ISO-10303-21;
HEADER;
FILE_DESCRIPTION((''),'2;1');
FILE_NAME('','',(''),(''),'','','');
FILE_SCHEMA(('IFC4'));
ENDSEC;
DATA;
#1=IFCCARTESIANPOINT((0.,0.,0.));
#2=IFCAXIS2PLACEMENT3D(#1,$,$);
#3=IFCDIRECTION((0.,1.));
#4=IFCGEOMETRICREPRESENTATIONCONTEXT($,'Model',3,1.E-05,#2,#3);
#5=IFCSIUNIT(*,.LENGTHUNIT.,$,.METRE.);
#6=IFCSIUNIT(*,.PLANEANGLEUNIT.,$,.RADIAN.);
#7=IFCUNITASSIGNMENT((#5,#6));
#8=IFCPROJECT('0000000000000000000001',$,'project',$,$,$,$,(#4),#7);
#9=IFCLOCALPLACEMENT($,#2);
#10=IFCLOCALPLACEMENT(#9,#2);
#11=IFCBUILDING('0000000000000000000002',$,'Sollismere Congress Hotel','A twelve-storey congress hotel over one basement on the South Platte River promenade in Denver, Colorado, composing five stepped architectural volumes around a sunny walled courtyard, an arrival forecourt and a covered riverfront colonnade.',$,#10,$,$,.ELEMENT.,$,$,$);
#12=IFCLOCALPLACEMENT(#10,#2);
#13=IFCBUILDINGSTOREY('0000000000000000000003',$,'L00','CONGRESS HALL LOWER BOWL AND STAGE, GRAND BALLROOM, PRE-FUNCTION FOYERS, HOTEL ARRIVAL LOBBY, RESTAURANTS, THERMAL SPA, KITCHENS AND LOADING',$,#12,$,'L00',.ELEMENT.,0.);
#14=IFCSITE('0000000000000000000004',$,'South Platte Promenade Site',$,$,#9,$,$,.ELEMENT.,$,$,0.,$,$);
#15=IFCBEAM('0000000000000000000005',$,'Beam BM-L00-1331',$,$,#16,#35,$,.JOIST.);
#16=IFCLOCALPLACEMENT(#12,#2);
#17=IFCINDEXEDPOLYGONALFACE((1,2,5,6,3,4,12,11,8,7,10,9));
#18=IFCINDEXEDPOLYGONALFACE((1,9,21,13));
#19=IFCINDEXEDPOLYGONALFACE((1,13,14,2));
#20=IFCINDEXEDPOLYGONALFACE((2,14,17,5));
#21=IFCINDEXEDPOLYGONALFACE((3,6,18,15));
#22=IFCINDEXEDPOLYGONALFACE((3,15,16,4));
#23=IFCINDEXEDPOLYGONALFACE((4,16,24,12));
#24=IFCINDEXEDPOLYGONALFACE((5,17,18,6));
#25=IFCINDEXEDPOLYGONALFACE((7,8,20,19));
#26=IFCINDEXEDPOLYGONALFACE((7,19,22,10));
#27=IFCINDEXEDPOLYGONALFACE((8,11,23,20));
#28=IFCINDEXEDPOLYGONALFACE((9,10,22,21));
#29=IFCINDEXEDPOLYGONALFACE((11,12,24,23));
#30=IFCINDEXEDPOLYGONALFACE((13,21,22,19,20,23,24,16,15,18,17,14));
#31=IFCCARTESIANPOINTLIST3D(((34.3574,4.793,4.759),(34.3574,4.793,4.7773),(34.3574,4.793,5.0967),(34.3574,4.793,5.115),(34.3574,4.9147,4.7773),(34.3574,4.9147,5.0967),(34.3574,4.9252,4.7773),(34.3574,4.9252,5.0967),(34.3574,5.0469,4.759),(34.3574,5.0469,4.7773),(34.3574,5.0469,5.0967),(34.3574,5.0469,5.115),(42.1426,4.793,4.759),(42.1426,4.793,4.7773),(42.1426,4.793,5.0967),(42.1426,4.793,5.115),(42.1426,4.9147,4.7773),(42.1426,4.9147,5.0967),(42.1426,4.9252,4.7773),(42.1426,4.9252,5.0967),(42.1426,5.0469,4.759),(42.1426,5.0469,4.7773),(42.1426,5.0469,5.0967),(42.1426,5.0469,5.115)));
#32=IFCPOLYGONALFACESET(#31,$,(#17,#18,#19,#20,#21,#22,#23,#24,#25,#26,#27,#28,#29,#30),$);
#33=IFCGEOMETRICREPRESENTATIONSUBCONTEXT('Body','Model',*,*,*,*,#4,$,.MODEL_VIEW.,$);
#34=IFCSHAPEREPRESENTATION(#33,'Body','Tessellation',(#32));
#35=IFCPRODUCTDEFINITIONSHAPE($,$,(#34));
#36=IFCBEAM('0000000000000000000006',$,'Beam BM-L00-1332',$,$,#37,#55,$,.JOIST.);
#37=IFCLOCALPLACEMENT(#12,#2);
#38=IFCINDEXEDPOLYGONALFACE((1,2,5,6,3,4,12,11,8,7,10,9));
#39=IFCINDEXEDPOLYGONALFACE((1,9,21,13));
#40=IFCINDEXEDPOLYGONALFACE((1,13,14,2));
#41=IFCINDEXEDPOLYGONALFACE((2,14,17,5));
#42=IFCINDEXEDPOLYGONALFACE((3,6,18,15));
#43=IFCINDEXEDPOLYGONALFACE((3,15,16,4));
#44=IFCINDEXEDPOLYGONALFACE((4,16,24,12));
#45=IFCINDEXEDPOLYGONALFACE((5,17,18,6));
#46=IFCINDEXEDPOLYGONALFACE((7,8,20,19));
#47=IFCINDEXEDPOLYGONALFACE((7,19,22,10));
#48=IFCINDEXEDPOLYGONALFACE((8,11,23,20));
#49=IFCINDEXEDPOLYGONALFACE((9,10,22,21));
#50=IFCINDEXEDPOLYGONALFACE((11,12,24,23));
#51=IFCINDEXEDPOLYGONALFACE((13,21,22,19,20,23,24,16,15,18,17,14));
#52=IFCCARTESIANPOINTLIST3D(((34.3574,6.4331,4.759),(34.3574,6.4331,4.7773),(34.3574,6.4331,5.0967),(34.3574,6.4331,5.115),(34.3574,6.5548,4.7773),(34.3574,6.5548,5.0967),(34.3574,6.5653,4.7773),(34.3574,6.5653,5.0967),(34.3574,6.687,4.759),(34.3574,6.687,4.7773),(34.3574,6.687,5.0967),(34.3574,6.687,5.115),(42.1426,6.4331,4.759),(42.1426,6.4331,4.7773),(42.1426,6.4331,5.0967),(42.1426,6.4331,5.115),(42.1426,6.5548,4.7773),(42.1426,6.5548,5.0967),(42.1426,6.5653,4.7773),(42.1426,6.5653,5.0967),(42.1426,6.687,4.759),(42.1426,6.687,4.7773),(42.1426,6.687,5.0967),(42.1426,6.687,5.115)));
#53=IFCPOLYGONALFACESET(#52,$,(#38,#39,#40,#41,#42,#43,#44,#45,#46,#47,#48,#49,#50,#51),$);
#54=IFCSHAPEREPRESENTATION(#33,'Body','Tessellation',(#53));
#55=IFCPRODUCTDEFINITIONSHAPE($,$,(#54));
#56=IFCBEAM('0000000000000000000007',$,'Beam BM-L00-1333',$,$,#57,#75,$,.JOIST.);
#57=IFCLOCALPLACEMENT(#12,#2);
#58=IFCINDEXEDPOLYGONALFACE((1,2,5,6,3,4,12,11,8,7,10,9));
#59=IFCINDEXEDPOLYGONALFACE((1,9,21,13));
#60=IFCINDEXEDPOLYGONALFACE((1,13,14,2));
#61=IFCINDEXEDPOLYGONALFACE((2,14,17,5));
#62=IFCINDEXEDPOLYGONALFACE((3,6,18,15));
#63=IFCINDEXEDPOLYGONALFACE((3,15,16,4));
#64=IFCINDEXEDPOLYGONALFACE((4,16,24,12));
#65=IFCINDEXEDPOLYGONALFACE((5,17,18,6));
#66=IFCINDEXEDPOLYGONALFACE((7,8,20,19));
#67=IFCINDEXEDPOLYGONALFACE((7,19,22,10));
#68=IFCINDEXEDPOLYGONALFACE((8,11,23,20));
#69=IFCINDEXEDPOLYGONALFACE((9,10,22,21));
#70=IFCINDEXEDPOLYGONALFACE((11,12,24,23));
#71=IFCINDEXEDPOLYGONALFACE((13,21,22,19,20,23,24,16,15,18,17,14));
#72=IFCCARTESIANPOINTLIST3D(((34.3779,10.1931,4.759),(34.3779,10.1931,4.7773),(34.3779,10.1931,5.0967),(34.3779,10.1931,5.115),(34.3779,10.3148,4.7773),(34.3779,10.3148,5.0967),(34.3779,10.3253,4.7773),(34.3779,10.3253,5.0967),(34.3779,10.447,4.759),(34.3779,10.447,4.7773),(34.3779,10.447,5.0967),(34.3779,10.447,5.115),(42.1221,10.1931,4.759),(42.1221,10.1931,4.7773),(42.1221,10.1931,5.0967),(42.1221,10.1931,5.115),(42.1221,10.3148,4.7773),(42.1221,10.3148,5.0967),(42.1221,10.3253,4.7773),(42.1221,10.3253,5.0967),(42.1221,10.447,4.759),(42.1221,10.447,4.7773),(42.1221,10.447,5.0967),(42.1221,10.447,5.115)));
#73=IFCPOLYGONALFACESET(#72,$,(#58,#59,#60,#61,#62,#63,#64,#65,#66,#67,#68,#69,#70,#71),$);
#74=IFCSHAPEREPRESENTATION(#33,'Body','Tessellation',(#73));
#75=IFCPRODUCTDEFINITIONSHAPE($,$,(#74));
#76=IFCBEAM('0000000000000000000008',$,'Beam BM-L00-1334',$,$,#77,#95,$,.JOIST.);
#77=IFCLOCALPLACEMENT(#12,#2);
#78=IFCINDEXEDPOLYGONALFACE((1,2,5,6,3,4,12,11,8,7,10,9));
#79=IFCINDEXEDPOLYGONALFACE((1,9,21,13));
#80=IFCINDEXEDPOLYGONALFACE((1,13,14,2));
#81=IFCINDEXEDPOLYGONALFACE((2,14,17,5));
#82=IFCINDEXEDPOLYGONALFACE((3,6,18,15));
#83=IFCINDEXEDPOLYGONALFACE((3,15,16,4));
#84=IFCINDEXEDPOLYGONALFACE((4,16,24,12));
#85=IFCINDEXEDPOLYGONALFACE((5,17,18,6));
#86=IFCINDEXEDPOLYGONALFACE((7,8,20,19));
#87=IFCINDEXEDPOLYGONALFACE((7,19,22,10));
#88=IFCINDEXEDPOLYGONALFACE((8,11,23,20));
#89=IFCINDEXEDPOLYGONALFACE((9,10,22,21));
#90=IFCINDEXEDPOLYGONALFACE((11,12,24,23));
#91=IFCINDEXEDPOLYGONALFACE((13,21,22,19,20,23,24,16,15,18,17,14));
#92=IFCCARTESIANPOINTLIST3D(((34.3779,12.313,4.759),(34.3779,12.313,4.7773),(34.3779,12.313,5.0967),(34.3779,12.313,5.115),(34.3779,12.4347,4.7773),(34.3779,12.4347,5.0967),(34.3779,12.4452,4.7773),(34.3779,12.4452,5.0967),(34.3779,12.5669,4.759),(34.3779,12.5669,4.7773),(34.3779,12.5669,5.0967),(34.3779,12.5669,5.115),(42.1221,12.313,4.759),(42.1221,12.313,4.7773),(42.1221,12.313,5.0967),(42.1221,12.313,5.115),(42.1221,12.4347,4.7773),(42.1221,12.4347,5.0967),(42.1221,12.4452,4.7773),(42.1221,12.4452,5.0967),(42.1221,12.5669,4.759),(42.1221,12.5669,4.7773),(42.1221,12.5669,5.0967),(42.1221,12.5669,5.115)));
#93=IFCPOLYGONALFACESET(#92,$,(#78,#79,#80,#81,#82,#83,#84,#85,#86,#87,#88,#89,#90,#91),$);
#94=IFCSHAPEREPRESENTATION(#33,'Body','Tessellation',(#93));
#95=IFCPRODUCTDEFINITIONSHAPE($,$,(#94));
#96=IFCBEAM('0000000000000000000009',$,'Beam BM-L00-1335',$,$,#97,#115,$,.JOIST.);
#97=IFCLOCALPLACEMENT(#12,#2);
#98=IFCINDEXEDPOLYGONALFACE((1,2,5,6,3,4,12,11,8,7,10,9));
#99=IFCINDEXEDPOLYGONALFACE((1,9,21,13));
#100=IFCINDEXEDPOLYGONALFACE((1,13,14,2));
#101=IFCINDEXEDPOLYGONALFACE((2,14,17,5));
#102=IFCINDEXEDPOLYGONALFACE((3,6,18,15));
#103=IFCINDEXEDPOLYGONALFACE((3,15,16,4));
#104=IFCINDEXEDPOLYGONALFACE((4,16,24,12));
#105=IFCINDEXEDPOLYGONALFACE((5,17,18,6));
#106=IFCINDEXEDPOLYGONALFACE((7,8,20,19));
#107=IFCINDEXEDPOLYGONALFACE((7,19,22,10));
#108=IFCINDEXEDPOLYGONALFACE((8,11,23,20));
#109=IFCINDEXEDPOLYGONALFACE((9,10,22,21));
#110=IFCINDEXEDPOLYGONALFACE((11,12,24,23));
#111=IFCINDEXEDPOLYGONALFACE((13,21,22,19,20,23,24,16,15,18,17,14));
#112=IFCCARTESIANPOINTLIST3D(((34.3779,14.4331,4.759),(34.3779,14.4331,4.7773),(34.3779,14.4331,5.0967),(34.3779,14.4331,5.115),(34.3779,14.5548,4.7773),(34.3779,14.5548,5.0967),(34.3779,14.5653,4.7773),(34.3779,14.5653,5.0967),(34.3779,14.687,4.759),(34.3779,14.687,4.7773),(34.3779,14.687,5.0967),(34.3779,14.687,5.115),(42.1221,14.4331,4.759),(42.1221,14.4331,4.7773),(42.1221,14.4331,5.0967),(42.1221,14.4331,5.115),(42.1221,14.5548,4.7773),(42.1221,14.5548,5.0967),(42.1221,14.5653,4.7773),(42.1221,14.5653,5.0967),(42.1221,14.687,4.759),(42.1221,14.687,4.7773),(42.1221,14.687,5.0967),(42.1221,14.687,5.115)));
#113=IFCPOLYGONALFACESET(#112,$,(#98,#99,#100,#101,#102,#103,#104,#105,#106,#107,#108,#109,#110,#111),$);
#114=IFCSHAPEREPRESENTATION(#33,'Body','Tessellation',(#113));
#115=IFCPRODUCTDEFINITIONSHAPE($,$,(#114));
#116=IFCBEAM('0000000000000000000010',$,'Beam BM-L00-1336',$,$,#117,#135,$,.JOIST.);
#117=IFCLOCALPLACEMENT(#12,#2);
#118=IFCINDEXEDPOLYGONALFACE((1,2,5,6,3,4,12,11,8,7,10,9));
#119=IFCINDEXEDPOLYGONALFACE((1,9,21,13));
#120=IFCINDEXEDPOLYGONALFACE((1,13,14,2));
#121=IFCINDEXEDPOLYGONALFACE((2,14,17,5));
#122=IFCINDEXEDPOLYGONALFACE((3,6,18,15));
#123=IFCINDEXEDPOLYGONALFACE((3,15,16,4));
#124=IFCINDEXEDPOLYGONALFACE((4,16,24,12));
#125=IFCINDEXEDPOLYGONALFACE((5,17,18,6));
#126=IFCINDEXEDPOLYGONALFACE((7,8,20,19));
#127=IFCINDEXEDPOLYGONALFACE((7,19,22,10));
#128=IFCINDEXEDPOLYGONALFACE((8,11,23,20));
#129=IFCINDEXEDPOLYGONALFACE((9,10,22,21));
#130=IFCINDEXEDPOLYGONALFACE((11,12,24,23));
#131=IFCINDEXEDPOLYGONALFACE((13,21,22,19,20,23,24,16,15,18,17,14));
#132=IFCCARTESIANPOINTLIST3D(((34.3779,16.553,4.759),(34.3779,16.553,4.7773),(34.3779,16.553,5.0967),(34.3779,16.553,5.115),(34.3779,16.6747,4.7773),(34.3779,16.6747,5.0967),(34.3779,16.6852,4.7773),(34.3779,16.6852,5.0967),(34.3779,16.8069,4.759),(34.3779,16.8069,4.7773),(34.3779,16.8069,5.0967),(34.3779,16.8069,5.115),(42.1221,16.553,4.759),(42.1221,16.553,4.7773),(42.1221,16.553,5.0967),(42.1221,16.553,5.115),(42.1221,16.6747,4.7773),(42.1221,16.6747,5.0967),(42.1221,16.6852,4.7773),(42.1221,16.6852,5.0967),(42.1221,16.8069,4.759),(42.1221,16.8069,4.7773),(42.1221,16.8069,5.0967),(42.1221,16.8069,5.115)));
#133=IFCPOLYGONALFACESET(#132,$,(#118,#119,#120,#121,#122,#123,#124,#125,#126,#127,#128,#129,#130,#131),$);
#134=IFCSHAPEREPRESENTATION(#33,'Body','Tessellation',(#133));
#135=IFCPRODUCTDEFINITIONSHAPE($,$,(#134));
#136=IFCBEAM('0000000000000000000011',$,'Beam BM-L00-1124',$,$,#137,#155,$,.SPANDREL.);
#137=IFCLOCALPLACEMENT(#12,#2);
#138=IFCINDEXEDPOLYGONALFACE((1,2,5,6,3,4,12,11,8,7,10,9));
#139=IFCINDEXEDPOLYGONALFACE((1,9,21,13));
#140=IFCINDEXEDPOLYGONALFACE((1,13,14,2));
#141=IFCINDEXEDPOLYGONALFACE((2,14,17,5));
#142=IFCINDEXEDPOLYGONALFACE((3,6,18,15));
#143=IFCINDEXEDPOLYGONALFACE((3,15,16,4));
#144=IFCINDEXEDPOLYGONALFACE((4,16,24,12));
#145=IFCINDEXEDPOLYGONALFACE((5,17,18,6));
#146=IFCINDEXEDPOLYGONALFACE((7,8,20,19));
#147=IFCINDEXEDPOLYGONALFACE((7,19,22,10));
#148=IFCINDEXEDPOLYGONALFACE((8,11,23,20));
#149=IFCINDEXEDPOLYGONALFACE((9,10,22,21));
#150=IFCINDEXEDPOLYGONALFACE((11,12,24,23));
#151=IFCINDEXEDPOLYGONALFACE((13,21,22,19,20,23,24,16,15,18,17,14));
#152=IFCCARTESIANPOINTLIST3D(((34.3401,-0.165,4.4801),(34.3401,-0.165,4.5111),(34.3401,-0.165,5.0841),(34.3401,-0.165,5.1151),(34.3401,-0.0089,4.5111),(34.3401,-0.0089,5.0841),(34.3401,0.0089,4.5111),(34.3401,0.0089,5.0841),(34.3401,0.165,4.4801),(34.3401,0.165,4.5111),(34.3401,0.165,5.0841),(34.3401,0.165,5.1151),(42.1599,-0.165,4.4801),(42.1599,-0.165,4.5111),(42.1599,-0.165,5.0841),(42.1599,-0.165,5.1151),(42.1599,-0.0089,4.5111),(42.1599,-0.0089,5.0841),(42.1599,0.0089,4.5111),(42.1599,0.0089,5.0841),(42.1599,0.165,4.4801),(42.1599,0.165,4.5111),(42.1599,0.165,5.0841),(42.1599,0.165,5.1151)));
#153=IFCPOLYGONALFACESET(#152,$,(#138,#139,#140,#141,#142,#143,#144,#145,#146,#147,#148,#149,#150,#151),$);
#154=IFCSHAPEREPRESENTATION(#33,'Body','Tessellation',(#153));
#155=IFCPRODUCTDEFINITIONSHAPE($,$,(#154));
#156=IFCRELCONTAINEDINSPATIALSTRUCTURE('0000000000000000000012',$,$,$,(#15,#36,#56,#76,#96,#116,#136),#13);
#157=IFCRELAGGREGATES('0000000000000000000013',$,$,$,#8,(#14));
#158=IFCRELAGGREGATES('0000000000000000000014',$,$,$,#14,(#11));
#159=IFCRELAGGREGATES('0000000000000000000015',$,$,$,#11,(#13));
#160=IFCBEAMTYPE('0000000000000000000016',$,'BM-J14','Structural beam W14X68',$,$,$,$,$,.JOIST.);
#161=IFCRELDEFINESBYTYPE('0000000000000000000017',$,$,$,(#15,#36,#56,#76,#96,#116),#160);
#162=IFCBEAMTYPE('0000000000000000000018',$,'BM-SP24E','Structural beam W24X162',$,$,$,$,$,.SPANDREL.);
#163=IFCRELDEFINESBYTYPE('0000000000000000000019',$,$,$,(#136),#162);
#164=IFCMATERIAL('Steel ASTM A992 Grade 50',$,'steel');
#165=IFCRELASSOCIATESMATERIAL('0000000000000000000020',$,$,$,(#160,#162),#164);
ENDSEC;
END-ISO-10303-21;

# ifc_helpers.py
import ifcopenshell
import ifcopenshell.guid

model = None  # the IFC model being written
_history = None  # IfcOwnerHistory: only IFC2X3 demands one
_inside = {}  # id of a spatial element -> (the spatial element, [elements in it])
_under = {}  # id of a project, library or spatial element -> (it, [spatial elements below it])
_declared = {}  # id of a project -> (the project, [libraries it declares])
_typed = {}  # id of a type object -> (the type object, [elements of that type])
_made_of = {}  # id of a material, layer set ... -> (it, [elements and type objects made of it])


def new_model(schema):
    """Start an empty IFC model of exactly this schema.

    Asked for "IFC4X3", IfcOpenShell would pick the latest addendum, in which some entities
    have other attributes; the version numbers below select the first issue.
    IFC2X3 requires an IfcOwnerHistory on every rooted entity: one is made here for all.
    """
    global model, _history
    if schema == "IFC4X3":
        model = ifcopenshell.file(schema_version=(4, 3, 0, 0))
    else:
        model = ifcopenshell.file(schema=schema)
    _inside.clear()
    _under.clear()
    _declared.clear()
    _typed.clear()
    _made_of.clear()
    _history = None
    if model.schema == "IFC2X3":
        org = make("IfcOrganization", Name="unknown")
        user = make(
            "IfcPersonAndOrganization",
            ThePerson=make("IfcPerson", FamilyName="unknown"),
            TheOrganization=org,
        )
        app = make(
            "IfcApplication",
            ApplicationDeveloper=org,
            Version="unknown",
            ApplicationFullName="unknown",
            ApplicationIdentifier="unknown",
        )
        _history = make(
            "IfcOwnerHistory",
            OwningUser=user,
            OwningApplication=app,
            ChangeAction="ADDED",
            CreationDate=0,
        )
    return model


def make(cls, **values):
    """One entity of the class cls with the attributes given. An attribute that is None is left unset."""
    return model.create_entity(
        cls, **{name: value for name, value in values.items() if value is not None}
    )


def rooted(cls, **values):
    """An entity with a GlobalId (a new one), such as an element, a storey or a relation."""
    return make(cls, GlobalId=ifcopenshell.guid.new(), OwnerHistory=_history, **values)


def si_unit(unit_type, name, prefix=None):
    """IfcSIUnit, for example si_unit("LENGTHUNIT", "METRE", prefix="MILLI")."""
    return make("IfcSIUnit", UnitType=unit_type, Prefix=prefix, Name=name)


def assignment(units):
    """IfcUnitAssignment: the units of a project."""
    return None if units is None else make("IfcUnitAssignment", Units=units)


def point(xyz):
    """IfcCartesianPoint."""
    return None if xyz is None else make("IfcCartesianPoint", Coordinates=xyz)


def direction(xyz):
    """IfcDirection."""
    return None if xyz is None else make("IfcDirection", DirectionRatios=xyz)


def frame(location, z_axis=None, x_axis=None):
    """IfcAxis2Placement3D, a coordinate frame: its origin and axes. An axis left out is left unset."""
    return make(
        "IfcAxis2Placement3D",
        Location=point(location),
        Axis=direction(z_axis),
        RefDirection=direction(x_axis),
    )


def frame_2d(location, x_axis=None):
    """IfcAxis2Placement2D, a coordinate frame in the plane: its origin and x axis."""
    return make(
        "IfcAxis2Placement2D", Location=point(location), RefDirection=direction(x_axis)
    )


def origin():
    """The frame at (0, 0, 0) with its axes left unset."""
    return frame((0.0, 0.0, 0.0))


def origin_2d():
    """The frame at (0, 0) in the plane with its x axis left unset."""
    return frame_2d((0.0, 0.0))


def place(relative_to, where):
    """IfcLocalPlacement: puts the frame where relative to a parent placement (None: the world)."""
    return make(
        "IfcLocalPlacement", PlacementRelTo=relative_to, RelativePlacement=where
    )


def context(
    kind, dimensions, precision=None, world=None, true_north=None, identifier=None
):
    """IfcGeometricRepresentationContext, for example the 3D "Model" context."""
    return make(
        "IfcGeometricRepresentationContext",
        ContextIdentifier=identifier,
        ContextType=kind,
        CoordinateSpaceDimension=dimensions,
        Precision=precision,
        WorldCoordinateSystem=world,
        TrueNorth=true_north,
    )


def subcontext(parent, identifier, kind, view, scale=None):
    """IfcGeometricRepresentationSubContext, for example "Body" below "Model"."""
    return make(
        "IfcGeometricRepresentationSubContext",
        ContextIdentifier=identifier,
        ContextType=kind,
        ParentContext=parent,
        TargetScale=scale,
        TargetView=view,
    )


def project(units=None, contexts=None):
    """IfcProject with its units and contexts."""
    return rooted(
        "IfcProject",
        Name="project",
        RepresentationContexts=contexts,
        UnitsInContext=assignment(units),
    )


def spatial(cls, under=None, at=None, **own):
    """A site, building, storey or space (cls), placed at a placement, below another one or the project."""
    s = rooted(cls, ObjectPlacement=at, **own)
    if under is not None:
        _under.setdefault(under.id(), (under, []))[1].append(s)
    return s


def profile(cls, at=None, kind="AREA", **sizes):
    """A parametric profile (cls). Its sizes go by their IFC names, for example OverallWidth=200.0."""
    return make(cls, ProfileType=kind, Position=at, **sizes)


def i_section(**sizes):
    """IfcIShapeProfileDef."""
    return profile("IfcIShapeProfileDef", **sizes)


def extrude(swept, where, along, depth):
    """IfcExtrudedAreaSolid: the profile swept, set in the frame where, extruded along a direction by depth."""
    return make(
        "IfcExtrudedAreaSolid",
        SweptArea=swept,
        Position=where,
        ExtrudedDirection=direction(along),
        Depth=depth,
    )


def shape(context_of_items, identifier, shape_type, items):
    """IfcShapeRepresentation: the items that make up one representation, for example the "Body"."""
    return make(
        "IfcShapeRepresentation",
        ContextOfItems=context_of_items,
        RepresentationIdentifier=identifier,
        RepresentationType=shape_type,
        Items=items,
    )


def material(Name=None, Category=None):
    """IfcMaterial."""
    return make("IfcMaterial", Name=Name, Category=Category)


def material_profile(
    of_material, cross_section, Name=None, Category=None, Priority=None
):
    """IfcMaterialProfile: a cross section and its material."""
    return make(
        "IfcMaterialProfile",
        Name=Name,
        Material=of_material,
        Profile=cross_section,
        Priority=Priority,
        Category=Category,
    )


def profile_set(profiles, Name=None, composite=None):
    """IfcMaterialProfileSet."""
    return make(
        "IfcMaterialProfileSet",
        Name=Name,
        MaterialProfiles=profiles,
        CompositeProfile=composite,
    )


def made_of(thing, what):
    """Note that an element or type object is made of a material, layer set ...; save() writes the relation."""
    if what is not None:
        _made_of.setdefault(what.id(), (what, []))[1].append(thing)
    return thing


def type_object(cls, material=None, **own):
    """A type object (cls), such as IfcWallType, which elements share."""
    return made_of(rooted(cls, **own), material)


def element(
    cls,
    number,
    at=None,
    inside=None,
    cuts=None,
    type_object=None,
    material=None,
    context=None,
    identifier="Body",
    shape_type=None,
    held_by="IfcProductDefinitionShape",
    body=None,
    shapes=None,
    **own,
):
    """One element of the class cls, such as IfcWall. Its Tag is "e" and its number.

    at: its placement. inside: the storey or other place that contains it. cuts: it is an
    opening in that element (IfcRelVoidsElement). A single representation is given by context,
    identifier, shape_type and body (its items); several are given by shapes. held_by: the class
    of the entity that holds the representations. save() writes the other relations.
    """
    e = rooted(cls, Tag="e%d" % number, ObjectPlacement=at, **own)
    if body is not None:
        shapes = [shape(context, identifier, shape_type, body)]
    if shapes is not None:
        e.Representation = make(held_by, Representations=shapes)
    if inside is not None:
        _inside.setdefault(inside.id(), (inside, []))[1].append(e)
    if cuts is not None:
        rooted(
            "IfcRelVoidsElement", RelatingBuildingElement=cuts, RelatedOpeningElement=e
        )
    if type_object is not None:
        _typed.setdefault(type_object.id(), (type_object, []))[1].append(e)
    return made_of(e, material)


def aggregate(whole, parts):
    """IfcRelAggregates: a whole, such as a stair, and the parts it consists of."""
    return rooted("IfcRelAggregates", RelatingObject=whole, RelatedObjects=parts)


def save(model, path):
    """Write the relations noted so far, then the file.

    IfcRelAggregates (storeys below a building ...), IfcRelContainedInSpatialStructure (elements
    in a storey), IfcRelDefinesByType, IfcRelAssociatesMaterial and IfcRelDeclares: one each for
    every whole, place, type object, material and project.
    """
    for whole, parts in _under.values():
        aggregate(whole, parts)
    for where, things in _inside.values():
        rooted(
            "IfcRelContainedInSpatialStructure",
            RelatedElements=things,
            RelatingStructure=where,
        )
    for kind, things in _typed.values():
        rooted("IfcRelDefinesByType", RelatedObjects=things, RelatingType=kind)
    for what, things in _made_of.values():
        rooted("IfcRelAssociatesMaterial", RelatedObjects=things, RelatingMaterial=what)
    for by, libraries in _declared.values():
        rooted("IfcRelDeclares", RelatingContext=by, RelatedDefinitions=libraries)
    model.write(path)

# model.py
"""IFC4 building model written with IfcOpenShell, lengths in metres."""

from ifc_helpers import new_model, si_unit, direction, frame, origin, origin_2d, place, context, subcontext, project, spatial, i_section, extrude, material, material_profile, profile_set, type_object, element, save


model = new_model("IFC4")

# Units and contexts
model_context = context("Model", 3, precision=1e-05, world=origin(), true_north=direction((0.0, 1.0)))
body_context = subcontext(model_context, "Body", "Model", "MODEL_VIEW")
ifc_project = project(units=[si_unit("LENGTHUNIT", "METRE"), si_unit("PLANEANGLEUNIT", "RADIAN")], contexts=[model_context])

# Site, building, storey
site_placement = place(None, origin())
site = spatial("IfcSite", under=ifc_project, at=site_placement, Name="South Platte Promenade Site", CompositionType="ELEMENT", RefElevation=0.0)
building_placement = place(site_placement, origin())
building = spatial("IfcBuilding", under=site, at=building_placement, Name="Sollismere Congress Hotel", Description="A twelve-storey congress hotel over one basement on the South Platte River promenade in Denver, Colorado, composing five stepped architectural volumes around a sunny walled courtyard, an arrival forecourt and a covered riverfront colonnade.", CompositionType="ELEMENT")
storey_placement = place(building_placement, origin())
storey = spatial("IfcBuildingStorey", under=building, at=storey_placement, Name="L00", Description="CONGRESS HALL LOWER BOWL AND STAGE, GRAND BALLROOM, PRE-FUNCTION FOYERS, HOTEL ARRIVAL LOBBY, RESTAURANTS, THERMAL SPA, KITCHENS AND LOADING", LongName="L00", CompositionType="ELEMENT", Elevation=0.0)

# Shared definitions
ifc_material_1 = material(Name="Steel ASTM A992 Grade 50", Category="steel")

# Beams
ifc_material_profile_1 = material_profile(ifc_material_1, i_section(OverallWidth=0.2539, OverallDepth=0.356, WebThickness=0.0105, FlangeThickness=0.0183, at=origin_2d()), Name="W14X68")
ifc_profile_set_1 = profile_set([ifc_material_profile_1], Name="Steel ASTM A992 Grade 50")
beam_type_1 = type_object("IfcBeamType", Name="BM-J14", Description="Structural beam W14X68", PredefinedType="JOIST", material=ifc_profile_set_1)
for number, where, z_axis, x_axis, name in (
    (1, (34.3574, 4.9199, 4.937), (1.0, 0.0, 0.0), (0.0, 1.0, 0.0), "Beam BM-L00-1331"),
    (2, (34.3574, 6.5601, 4.937), (1.0, 0.0, 0.0), (0.0, 1.0, 0.0), "Beam BM-L00-1332"),
):
    element("IfcBeam", number, at=place(storey_placement, frame(where, z_axis=z_axis, x_axis=x_axis)), inside=storey, type_object=beam_type_1, Name=name, PredefinedType="JOIST", context=body_context, shape_type="SweptSolid", body=[
        extrude(i_section(OverallWidth=0.2539, OverallDepth=0.356, WebThickness=0.0105, FlangeThickness=0.0183, at=origin_2d()), origin(), (0.0, 0.0, 1.0), 7.7852),
    ])
for number, where, z_axis, x_axis, name in (
    (3, (34.3779, 10.3201, 4.937), (1.0, 0.0, 0.0), (0.0, 1.0, 0.0), "Beam BM-L00-1333"),
    (4, (34.3779, 12.4399, 4.937), (1.0, 0.0, 0.0), (0.0, 1.0, 0.0), "Beam BM-L00-1334"),
    (5, (34.3779, 14.5601, 4.937), (1.0, 0.0, 0.0), (0.0, 1.0, 0.0), "Beam BM-L00-1335"),
    (6, (34.3779, 16.6799, 4.937), (1.0, 0.0, 0.0), (0.0, 1.0, 0.0), "Beam BM-L00-1336"),
):
    element("IfcBeam", number, at=place(storey_placement, frame(where, z_axis=z_axis, x_axis=x_axis)), inside=storey, type_object=beam_type_1, Name=name, PredefinedType="JOIST", context=body_context, shape_type="SweptSolid", body=[
        extrude(i_section(OverallWidth=0.2539, OverallDepth=0.356, WebThickness=0.0105, FlangeThickness=0.0183, at=origin_2d()), origin(), (0.0, 0.0, 1.0), 7.7441),
    ])
ifc_material_profile_2 = material_profile(ifc_material_1, i_section(OverallWidth=0.3301, OverallDepth=0.635, WebThickness=0.0178, FlangeThickness=0.031, at=origin_2d()), Name="W24X162")
ifc_profile_set_2 = profile_set([ifc_material_profile_2], Name="Steel ASTM A992 Grade 50")
beam_type_2 = type_object("IfcBeamType", Name="BM-SP24E", Description="Structural beam W24X162", PredefinedType="SPANDREL", material=ifc_profile_set_2)
beam_1_placement = place(storey_placement, frame((34.3401, 0.0, 4.7976), z_axis=(1.0, 0.0, 0.0), x_axis=(0.0, 1.0, 0.0)))
element("IfcBeam", 7, at=beam_1_placement, inside=storey, type_object=beam_type_2, Name="Beam BM-L00-1124", PredefinedType="SPANDREL", context=body_context, shape_type="SweptSolid", body=[
    extrude(i_section(OverallWidth=0.3301, OverallDepth=0.635, WebThickness=0.0178, FlangeThickness=0.031, at=origin_2d()), origin(), (0.0, 0.0, 1.0), 7.8198),
])

save(model, "model.ifc")
